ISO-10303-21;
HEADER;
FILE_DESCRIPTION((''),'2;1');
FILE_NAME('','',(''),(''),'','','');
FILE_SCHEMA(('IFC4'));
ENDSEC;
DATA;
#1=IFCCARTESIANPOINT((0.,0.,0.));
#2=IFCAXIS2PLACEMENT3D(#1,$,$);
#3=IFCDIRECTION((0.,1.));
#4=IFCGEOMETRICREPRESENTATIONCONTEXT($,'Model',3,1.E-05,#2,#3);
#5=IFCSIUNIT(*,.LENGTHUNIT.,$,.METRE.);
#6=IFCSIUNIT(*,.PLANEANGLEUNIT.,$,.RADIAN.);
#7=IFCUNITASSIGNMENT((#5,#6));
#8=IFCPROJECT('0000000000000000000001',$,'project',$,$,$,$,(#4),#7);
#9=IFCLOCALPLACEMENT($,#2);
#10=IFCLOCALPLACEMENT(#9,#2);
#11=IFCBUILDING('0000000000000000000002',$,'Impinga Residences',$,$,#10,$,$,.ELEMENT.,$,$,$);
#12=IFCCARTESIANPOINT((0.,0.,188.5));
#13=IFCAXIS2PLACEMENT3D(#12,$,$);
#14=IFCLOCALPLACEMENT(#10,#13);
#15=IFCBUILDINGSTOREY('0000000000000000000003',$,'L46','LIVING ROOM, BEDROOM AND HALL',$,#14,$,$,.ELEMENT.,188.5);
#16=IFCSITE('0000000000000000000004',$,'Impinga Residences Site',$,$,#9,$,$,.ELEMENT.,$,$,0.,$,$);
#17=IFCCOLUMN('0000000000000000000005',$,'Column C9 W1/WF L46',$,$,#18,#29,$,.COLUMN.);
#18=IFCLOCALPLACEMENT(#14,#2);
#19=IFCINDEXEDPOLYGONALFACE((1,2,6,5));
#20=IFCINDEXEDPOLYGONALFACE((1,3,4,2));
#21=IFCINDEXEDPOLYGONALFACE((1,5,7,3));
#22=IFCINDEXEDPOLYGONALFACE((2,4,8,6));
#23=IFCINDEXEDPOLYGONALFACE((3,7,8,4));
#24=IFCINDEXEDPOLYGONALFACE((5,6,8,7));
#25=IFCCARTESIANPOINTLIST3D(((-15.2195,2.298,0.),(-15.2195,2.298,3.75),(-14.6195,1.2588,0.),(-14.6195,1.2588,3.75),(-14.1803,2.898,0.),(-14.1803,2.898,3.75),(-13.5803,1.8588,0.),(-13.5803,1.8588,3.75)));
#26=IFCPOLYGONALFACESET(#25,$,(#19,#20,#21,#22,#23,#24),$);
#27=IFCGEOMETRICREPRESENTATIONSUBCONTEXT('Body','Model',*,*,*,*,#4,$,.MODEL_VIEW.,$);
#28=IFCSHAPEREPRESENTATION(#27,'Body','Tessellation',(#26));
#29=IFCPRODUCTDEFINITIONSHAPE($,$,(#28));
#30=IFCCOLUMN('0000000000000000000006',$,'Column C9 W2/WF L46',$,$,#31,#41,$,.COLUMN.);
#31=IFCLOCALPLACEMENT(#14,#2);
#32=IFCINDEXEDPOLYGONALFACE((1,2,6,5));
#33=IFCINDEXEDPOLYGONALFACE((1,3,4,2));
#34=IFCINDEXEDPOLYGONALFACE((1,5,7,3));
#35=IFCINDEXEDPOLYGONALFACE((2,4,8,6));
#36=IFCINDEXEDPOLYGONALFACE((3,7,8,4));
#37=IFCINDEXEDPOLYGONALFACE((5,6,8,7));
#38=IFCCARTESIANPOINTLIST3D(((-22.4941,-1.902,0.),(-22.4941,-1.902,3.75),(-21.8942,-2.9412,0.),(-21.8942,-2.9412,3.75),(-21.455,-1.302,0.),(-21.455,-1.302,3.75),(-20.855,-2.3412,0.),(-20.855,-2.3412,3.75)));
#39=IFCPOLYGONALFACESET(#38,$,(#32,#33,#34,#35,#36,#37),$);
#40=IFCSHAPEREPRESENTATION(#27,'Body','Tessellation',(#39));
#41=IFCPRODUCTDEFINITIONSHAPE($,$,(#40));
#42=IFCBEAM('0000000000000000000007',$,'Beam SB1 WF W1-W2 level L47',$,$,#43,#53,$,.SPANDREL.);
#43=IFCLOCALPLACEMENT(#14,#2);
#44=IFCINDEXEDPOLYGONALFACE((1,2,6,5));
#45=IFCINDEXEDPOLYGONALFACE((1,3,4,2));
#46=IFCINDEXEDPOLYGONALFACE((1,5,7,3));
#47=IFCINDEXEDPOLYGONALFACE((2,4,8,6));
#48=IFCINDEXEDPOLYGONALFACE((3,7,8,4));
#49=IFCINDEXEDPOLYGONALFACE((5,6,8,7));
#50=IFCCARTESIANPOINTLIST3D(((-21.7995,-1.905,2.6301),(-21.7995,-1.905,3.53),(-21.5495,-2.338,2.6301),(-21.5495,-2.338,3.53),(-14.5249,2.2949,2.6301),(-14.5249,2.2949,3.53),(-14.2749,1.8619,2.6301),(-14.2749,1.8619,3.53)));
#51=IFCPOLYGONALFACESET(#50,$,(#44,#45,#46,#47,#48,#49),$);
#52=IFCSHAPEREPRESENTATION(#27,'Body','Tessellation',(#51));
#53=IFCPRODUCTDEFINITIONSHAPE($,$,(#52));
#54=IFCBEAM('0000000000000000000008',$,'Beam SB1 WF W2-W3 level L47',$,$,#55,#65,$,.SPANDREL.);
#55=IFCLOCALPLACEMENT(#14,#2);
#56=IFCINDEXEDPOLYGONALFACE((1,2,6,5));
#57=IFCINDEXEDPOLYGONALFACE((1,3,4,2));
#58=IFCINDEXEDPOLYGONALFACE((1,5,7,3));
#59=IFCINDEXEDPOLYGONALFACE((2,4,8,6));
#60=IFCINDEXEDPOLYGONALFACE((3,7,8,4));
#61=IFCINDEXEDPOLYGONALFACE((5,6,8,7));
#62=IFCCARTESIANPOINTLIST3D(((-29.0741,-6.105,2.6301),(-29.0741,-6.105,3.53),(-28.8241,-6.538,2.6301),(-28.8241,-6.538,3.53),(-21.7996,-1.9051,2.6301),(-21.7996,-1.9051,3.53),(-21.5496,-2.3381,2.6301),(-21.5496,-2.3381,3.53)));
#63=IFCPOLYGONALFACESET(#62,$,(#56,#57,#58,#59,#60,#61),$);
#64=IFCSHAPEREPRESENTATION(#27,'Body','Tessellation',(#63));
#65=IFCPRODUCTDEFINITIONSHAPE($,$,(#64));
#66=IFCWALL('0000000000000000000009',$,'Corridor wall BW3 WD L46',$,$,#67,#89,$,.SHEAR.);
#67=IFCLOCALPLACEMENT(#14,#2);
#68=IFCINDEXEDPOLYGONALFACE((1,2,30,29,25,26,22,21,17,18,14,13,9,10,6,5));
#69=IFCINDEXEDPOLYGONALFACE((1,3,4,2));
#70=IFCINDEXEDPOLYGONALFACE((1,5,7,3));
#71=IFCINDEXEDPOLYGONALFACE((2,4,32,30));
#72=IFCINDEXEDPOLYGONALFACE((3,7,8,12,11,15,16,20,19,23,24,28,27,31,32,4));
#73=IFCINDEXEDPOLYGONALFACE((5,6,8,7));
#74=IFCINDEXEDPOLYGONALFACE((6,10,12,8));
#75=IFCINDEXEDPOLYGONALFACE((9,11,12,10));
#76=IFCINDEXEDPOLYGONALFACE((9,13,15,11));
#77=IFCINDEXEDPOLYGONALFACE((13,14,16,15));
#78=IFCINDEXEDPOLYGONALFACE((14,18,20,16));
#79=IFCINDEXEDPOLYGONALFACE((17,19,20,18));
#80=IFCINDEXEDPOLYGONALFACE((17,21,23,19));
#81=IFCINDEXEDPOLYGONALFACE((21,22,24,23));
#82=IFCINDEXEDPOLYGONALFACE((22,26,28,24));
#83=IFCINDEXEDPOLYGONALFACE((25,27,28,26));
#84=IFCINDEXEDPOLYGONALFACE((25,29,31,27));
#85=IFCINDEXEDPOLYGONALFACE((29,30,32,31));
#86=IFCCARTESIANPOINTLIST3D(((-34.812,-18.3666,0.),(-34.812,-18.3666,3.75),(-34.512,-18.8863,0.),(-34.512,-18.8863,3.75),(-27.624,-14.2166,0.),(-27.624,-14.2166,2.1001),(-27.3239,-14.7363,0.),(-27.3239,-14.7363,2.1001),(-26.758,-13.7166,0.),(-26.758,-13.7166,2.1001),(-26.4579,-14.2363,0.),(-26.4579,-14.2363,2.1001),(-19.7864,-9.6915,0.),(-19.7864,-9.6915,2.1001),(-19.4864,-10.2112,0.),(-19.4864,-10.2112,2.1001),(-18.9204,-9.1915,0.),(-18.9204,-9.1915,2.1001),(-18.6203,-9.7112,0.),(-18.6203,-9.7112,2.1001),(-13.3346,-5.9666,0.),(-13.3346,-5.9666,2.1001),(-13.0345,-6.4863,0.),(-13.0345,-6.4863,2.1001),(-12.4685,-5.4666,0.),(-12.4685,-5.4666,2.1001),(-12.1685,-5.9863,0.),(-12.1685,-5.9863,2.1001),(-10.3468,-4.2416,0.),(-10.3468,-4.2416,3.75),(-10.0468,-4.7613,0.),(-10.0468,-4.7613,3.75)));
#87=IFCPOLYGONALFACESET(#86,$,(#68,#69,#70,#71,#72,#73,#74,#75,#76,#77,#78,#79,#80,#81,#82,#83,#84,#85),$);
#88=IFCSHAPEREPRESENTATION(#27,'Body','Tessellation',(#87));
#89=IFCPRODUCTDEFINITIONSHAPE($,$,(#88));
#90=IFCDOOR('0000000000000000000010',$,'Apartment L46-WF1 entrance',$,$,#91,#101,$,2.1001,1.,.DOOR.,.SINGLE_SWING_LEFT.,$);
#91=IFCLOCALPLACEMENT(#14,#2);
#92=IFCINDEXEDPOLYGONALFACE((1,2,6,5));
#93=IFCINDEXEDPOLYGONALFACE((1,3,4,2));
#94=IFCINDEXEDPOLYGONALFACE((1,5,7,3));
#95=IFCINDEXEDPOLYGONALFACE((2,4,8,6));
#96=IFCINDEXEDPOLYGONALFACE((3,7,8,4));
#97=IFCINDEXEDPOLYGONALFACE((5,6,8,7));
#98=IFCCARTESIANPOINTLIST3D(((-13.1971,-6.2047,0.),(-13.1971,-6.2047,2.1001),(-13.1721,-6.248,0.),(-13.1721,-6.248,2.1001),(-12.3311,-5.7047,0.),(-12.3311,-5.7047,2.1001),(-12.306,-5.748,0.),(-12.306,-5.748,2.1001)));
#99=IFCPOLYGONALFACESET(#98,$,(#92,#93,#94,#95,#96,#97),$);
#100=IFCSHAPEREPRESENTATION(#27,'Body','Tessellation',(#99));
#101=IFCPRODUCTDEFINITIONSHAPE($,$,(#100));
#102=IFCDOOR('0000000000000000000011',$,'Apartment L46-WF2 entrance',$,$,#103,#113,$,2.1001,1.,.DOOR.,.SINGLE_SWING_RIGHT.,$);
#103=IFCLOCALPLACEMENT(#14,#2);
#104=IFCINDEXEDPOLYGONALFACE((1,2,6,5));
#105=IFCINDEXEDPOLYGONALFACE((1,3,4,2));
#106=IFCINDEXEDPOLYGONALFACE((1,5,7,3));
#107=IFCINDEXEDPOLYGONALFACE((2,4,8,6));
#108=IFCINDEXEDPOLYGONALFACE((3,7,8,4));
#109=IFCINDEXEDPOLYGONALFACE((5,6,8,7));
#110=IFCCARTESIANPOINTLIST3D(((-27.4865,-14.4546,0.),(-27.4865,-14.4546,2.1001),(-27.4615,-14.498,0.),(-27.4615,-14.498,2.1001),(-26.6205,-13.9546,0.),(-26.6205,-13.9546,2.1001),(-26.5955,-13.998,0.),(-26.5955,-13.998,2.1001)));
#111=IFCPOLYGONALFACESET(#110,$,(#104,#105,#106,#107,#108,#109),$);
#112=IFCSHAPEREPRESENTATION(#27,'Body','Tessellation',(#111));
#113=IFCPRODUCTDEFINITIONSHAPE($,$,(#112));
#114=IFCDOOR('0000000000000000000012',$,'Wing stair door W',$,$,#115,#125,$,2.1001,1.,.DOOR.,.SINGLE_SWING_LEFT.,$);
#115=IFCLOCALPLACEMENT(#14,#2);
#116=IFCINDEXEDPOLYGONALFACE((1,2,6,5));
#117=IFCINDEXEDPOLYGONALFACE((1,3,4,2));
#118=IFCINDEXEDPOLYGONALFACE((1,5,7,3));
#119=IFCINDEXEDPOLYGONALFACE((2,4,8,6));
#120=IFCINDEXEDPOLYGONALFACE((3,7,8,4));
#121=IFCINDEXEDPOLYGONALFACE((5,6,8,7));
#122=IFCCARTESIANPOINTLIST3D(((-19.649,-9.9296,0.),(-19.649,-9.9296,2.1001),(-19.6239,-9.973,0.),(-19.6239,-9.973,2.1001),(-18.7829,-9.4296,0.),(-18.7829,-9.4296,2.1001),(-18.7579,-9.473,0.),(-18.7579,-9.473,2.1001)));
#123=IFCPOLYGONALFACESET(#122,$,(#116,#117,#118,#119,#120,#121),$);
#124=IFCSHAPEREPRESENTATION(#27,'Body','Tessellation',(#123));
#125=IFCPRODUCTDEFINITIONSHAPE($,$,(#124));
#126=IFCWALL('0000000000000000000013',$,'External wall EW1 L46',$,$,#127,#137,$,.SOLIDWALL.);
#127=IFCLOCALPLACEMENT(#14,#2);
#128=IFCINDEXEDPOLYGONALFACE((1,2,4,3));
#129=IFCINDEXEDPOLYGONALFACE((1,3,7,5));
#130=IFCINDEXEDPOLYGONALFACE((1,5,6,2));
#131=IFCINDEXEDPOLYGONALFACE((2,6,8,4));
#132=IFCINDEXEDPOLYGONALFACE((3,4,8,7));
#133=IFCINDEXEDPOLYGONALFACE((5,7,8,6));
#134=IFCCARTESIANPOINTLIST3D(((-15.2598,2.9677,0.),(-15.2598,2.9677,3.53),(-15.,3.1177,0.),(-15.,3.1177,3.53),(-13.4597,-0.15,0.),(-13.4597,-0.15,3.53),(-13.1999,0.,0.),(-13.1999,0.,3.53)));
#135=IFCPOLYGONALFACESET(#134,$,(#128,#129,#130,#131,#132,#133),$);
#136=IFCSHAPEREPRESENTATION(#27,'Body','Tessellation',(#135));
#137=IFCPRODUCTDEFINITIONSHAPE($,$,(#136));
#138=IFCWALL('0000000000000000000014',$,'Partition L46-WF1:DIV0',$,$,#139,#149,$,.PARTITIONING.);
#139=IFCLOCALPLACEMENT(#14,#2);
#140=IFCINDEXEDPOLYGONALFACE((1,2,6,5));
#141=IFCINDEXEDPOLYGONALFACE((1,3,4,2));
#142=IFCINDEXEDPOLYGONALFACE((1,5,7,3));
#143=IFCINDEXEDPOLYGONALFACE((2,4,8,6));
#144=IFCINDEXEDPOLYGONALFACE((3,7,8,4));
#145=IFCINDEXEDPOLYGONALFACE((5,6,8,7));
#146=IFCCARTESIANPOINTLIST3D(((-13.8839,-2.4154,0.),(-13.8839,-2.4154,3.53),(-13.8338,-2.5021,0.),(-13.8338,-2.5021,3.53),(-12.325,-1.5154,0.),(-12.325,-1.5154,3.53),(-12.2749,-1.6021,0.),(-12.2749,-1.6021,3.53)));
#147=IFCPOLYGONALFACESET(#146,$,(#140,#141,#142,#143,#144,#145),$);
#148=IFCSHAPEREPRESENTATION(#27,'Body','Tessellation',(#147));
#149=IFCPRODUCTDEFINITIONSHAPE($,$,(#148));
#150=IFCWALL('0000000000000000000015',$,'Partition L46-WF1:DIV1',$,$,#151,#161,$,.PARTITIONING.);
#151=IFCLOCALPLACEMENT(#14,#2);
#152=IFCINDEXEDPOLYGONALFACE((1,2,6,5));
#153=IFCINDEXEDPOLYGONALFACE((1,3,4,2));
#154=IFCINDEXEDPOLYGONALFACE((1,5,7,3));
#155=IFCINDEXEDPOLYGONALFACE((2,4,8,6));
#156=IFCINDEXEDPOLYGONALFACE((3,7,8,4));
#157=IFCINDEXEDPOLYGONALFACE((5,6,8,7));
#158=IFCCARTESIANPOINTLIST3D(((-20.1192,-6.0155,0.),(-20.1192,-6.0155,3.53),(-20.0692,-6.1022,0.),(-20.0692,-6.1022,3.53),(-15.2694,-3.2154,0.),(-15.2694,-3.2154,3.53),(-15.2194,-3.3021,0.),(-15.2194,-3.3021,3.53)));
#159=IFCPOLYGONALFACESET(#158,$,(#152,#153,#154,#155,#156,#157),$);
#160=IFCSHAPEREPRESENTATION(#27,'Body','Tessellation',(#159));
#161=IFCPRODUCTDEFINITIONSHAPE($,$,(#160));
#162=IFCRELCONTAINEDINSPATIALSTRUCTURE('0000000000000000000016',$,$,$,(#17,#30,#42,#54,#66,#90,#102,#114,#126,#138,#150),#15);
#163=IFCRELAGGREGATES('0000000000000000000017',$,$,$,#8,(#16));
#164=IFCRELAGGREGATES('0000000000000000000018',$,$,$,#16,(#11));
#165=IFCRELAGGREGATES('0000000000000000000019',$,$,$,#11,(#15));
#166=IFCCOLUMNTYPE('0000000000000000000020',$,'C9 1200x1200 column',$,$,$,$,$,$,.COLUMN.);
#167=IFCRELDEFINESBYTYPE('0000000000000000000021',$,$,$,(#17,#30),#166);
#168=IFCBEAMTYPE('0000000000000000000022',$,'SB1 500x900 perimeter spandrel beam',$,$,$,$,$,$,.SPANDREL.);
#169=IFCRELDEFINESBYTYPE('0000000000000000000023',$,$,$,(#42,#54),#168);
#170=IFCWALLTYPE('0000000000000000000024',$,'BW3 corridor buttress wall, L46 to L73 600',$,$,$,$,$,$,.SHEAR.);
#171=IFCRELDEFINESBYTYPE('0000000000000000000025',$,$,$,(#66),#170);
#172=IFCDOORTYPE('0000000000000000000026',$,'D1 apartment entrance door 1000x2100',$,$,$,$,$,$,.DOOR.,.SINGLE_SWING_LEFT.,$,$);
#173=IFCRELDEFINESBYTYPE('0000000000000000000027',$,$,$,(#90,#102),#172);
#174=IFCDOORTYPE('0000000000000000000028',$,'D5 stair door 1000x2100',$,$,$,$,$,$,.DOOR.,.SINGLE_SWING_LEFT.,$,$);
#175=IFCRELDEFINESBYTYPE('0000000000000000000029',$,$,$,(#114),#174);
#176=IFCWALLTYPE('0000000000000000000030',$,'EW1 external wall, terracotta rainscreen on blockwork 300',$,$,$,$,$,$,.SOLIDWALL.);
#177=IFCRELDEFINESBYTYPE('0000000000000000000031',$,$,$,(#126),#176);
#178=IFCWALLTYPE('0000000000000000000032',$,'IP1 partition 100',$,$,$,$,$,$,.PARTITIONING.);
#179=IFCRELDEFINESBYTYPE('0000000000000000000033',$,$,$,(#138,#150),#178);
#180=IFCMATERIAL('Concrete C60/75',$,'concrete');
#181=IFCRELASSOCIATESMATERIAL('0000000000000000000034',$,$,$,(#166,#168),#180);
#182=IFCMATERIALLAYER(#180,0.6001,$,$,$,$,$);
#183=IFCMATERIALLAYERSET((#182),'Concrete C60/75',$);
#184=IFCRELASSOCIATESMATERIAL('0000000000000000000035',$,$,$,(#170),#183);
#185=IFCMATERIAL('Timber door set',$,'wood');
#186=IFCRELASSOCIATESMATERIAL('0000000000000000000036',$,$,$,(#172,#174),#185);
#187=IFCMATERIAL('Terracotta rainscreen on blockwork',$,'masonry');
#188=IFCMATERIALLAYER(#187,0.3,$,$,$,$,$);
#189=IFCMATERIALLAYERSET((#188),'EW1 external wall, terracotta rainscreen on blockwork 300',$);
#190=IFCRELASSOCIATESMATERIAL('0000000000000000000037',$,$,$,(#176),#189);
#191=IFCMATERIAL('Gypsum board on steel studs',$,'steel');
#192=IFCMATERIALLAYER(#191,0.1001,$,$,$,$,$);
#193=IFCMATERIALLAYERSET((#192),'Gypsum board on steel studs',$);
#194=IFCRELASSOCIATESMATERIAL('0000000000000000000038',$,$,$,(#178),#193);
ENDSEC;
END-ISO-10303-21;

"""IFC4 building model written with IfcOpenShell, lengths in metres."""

from ifc_helpers import new_model, si_unit, direction, frame, frame_2d, origin, origin_2d, place, context, subcontext, project, spatial, rectangle, extrude, material, layer, layer_set, material_profile, profile_set, type_object, element, fill, save


model = new_model("IFC4")

# Units and contexts
model_context = context("Model", 3, precision=1e-05, world=origin(), true_north=direction((0.0, 1.0)))
body_context = subcontext(model_context, "Body", "Model", "MODEL_VIEW")
ifc_project = project(units=[si_unit("LENGTHUNIT", "METRE"), si_unit("PLANEANGLEUNIT", "RADIAN")], contexts=[model_context])

# Site, building, storey
site_placement = place(None, origin())
site = spatial("IfcSite", under=ifc_project, at=site_placement, Name="Impinga Residences Site", CompositionType="ELEMENT", RefElevation=0.0)
building_placement = place(site_placement, origin())
building = spatial("IfcBuilding", under=site, at=building_placement, Name="Impinga Residences", CompositionType="ELEMENT")
storey_placement = place(building_placement, frame((0.0, 0.0, 188.5)))
storey = spatial("IfcBuildingStorey", under=building, at=storey_placement, Name="L46", Description="LIVING ROOM, BEDROOM AND HALL", CompositionType="ELEMENT", Elevation=188.5)

# Columns
ifc_material_1 = material(Name="Concrete C60/75", Category="concrete")
ifc_material_profile_1 = material_profile(ifc_material_1, rectangle(XDim=1.2, YDim=1.2, at=origin_2d()), Name="RC 1200x1200")
ifc_profile_set_1 = profile_set([ifc_material_profile_1], Name="Concrete C60/75")
column_type = type_object("IfcColumnType", Name="C9 1200x1200 column", PredefinedType="COLUMN", material=ifc_profile_set_1)
for number, where, z_axis, x_axis, name in (
    (1, (-14.3999, 2.0784, 0.0), (0.0, 0.0, 1.0), (-0.5, 0.866025, 0.0), "Column C9 W1/WF L46"),
    (2, (-21.6746, -2.1216, 0.0), (0.0, 0.0, 1.0), (-0.5, 0.866025, 0.0), "Column C9 W2/WF L46"),
):
    element("IfcColumn", number, at=place(storey_placement, frame(where, z_axis=z_axis, x_axis=x_axis)), inside=storey, type_object=column_type, Name=name, PredefinedType="COLUMN", context=body_context, shape_type="SweptSolid", body=[
        extrude(rectangle(XDim=1.2, YDim=1.2, at=origin_2d()), origin(), (0.0, 0.0, 1.0), 3.75),
    ])

# Beams
ifc_material_profile_2 = material_profile(ifc_material_1, rectangle(XDim=0.5, YDim=0.8999, at=origin_2d()), Name="RC 500x900")
ifc_profile_set_2 = profile_set([ifc_material_profile_2], Name="Concrete C60/75")
beam_type = type_object("IfcBeamType", Name="SB1 500x900 perimeter spandrel beam", PredefinedType="SPANDREL", material=ifc_profile_set_2)
for number, where, z_axis, x_axis, name in (
    (3, (-14.3999, 2.0784, 3.0801), (-0.866029, -0.499993, 0.0), (0.499993, -0.866029, 0.0), "Beam SB1 WF W1-W2 level L47"),
    (4, (-21.6746, -2.1216, 3.0801), (-0.866029, -0.499993, 0.0), (0.499993, -0.866029, 0.0), "Beam SB1 WF W2-W3 level L47"),
):
    element("IfcBeam", number, at=place(storey_placement, frame(where, z_axis=z_axis, x_axis=x_axis)), inside=storey, type_object=beam_type, Name=name, PredefinedType="SPANDREL", context=body_context, shape_type="SweptSolid", body=[
        extrude(rectangle(XDim=0.5, YDim=0.8999, at=origin_2d()), origin(), (0.0, 0.0, 1.0), 8.3999),
    ])

# Wall, openings, doors
ifc_layer_1 = layer(ifc_material_1, 0.6001)
ifc_layer_set_1 = layer_set([ifc_layer_1], Name="Concrete C60/75")
wall_type_1 = type_object("IfcWallType", Name="BW3 corridor buttress wall, L46 to L73 600", PredefinedType="SHEAR", material=ifc_layer_set_1)
wall_1_placement = place(storey_placement, frame((-10.1968, -4.5015, 0.0), z_axis=(0.0, 0.0, 1.0), x_axis=(-0.866026, -0.499998, 0.0)))
wall_1 = element("IfcWall", 5, at=wall_1_placement, inside=storey, type_object=wall_type_1, Name="Corridor wall BW3 WD L46", PredefinedType="SHEAR", context=body_context, shape_type="SweptSolid", body=[
    extrude(rectangle(XDim=28.25, YDim=0.6001, at=frame_2d((14.125, 0.0))), origin(), (0.0, 0.0, 1.0), 3.75),
])
opening_1_placement = place(wall_1_placement, frame((9.8999, 0.0, 0.0)))
opening_1 = element("IfcOpeningElement", 6, at=opening_1_placement, cuts=wall_1, PredefinedType="OPENING", context=body_context, shape_type="SweptSolid", body=[
    extrude(rectangle(XDim=1.0, YDim=2.1001, at=frame_2d((0.5, 1.05))), frame((0.0, 0.3101, 0.0), z_axis=(0.0, -1.0, 0.0), x_axis=(1.0, 0.0, 0.0)), (0.0, 0.0, 1.0), 0.6201),
])
opening_2_placement = place(wall_1_placement, frame((2.45, 0.0, 0.0)))
opening_2 = element("IfcOpeningElement", 7, at=opening_2_placement, cuts=wall_1, PredefinedType="OPENING", context=body_context, shape_type="SweptSolid", body=[
    extrude(rectangle(XDim=1.0, YDim=2.1001, at=frame_2d((0.5, 1.05))), frame((0.0, 0.3101, 0.0), z_axis=(0.0, -1.0, 0.0), x_axis=(1.0, 0.0, 0.0)), (0.0, 0.0, 1.0), 0.6201),
])
opening_3_placement = place(wall_1_placement, frame((18.95, 0.0, 0.0)))
opening_3 = element("IfcOpeningElement", 8, at=opening_3_placement, cuts=wall_1, PredefinedType="OPENING", context=body_context, shape_type="SweptSolid", body=[
    extrude(rectangle(XDim=1.0, YDim=2.1001, at=frame_2d((0.5, 1.05))), frame((0.0, 0.3101, 0.0), z_axis=(0.0, -1.0, 0.0), x_axis=(1.0, 0.0, 0.0)), (0.0, 0.0, 1.0), 0.6201),
])
ifc_material_2 = material(Name="Timber door set", Category="wood")
door_type_1 = type_object("IfcDoorType", Name="D1 apartment entrance door 1000x2100", OperationType="SINGLE_SWING_LEFT", PredefinedType="DOOR", material=ifc_material_2)
door_1_placement = place(opening_2_placement, origin())
door_1 = element("IfcDoor", 9, at=door_1_placement, inside=storey, type_object=door_type_1, Name="Apartment L46-WF1 entrance", OperationType="SINGLE_SWING_LEFT", OverallHeight=2.1001, OverallWidth=1.0, PredefinedType="DOOR", context=body_context, shape_type="SweptSolid", body=[
    extrude(rectangle(XDim=1.0, YDim=2.1001, at=frame_2d((0.5, 1.05))), frame((0.0, 0.0249, 0.0), z_axis=(0.0, -1.0, 0.0), x_axis=(1.0, 0.0, 0.0)), (0.0, 0.0, 1.0), 0.05),
])
fill(opening_2, door_1)
door_2_placement = place(opening_3_placement, origin())
door_2 = element("IfcDoor", 10, at=door_2_placement, inside=storey, type_object=door_type_1, Name="Apartment L46-WF2 entrance", OperationType="SINGLE_SWING_RIGHT", OverallHeight=2.1001, OverallWidth=1.0, PredefinedType="DOOR", context=body_context, shape_type="SweptSolid", body=[
    extrude(rectangle(XDim=1.0, YDim=2.1001, at=frame_2d((0.5, 1.05))), frame((0.0, 0.0249, 0.0), z_axis=(0.0, -1.0, 0.0), x_axis=(1.0, 0.0, 0.0)), (0.0, 0.0, 1.0), 0.05),
])
fill(opening_3, door_2)
door_type_2 = type_object("IfcDoorType", Name="D5 stair door 1000x2100", OperationType="SINGLE_SWING_LEFT", PredefinedType="DOOR", material=ifc_material_2)
door_3_placement = place(opening_1_placement, origin())
door_3 = element("IfcDoor", 11, at=door_3_placement, inside=storey, type_object=door_type_2, Name="Wing stair door W", OperationType="SINGLE_SWING_LEFT", OverallHeight=2.1001, OverallWidth=1.0, PredefinedType="DOOR", context=body_context, shape_type="SweptSolid", body=[
    extrude(rectangle(XDim=1.0, YDim=2.1001, at=frame_2d((0.5, 1.05))), frame((0.0, 0.0249, 0.0), z_axis=(0.0, -1.0, 0.0), x_axis=(1.0, 0.0, 0.0)), (0.0, 0.0, 1.0), 0.05),
])
fill(opening_1, door_3)

# Walls
ifc_material_3 = material(Name="Terracotta rainscreen on blockwork", Category="masonry")
ifc_layer_2 = layer(ifc_material_3, 0.3)
ifc_layer_set_2 = layer_set([ifc_layer_2], Name="EW1 external wall, terracotta rainscreen on blockwork 300")
wall_type_2 = type_object("IfcWallType", Name="EW1 external wall, terracotta rainscreen on blockwork 300", PredefinedType="SOLIDWALL", material=ifc_layer_set_2)
wall_2_placement = place(storey_placement, frame((-15.1299, 3.0427, 0.0), z_axis=(0.0, 0.0, 1.0), x_axis=(0.500012, -0.866018, 0.0)))
element("IfcWall", 12, at=wall_2_placement, inside=storey, type_object=wall_type_2, Name="External wall EW1 L46", PredefinedType="SOLIDWALL", context=body_context, shape_type="SweptSolid", body=[
    extrude(rectangle(XDim=3.6001, YDim=0.3, at=frame_2d((1.8, 0.0))), origin(), (0.0, 0.0, 1.0), 3.53),
])
ifc_material_4 = material(Name="Gypsum board on steel studs", Category="steel")
ifc_layer_3 = layer(ifc_material_4, 0.1001)
ifc_layer_set_3 = layer_set([ifc_layer_3], Name="Gypsum board on steel studs")
wall_type_3 = type_object("IfcWallType", Name="IP1 partition 100", PredefinedType="PARTITIONING", material=ifc_layer_set_3)
wall_3_placement = place(storey_placement, frame((-12.3, -1.5588, 0.0), z_axis=(0.0, 0.0, 1.0), x_axis=(-0.866048, -0.499961, 0.0)))
element("IfcWall", 13, at=wall_3_placement, inside=storey, type_object=wall_type_3, Name="Partition L46-WF1:DIV0", PredefinedType="PARTITIONING", context=body_context, shape_type="SweptSolid", body=[
    extrude(rectangle(XDim=1.8, YDim=0.1001, at=frame_2d((0.8999, 0.0))), origin(), (0.0, 0.0, 1.0), 3.53),
])
wall_4_placement = place(storey_placement, frame((-15.2444, -3.2588, 0.0), z_axis=(0.0, 0.0, 1.0), x_axis=(-0.866027, -0.499998, 0.0)))
element("IfcWall", 14, at=wall_4_placement, inside=storey, type_object=wall_type_3, Name="Partition L46-WF1:DIV1", PredefinedType="PARTITIONING", context=body_context, shape_type="SweptSolid", body=[
    extrude(rectangle(XDim=5.6001, YDim=0.1001, at=frame_2d((2.8, 0.0))), origin(), (0.0, 0.0, 1.0), 3.53),
])

save(model, "model.ifc")
